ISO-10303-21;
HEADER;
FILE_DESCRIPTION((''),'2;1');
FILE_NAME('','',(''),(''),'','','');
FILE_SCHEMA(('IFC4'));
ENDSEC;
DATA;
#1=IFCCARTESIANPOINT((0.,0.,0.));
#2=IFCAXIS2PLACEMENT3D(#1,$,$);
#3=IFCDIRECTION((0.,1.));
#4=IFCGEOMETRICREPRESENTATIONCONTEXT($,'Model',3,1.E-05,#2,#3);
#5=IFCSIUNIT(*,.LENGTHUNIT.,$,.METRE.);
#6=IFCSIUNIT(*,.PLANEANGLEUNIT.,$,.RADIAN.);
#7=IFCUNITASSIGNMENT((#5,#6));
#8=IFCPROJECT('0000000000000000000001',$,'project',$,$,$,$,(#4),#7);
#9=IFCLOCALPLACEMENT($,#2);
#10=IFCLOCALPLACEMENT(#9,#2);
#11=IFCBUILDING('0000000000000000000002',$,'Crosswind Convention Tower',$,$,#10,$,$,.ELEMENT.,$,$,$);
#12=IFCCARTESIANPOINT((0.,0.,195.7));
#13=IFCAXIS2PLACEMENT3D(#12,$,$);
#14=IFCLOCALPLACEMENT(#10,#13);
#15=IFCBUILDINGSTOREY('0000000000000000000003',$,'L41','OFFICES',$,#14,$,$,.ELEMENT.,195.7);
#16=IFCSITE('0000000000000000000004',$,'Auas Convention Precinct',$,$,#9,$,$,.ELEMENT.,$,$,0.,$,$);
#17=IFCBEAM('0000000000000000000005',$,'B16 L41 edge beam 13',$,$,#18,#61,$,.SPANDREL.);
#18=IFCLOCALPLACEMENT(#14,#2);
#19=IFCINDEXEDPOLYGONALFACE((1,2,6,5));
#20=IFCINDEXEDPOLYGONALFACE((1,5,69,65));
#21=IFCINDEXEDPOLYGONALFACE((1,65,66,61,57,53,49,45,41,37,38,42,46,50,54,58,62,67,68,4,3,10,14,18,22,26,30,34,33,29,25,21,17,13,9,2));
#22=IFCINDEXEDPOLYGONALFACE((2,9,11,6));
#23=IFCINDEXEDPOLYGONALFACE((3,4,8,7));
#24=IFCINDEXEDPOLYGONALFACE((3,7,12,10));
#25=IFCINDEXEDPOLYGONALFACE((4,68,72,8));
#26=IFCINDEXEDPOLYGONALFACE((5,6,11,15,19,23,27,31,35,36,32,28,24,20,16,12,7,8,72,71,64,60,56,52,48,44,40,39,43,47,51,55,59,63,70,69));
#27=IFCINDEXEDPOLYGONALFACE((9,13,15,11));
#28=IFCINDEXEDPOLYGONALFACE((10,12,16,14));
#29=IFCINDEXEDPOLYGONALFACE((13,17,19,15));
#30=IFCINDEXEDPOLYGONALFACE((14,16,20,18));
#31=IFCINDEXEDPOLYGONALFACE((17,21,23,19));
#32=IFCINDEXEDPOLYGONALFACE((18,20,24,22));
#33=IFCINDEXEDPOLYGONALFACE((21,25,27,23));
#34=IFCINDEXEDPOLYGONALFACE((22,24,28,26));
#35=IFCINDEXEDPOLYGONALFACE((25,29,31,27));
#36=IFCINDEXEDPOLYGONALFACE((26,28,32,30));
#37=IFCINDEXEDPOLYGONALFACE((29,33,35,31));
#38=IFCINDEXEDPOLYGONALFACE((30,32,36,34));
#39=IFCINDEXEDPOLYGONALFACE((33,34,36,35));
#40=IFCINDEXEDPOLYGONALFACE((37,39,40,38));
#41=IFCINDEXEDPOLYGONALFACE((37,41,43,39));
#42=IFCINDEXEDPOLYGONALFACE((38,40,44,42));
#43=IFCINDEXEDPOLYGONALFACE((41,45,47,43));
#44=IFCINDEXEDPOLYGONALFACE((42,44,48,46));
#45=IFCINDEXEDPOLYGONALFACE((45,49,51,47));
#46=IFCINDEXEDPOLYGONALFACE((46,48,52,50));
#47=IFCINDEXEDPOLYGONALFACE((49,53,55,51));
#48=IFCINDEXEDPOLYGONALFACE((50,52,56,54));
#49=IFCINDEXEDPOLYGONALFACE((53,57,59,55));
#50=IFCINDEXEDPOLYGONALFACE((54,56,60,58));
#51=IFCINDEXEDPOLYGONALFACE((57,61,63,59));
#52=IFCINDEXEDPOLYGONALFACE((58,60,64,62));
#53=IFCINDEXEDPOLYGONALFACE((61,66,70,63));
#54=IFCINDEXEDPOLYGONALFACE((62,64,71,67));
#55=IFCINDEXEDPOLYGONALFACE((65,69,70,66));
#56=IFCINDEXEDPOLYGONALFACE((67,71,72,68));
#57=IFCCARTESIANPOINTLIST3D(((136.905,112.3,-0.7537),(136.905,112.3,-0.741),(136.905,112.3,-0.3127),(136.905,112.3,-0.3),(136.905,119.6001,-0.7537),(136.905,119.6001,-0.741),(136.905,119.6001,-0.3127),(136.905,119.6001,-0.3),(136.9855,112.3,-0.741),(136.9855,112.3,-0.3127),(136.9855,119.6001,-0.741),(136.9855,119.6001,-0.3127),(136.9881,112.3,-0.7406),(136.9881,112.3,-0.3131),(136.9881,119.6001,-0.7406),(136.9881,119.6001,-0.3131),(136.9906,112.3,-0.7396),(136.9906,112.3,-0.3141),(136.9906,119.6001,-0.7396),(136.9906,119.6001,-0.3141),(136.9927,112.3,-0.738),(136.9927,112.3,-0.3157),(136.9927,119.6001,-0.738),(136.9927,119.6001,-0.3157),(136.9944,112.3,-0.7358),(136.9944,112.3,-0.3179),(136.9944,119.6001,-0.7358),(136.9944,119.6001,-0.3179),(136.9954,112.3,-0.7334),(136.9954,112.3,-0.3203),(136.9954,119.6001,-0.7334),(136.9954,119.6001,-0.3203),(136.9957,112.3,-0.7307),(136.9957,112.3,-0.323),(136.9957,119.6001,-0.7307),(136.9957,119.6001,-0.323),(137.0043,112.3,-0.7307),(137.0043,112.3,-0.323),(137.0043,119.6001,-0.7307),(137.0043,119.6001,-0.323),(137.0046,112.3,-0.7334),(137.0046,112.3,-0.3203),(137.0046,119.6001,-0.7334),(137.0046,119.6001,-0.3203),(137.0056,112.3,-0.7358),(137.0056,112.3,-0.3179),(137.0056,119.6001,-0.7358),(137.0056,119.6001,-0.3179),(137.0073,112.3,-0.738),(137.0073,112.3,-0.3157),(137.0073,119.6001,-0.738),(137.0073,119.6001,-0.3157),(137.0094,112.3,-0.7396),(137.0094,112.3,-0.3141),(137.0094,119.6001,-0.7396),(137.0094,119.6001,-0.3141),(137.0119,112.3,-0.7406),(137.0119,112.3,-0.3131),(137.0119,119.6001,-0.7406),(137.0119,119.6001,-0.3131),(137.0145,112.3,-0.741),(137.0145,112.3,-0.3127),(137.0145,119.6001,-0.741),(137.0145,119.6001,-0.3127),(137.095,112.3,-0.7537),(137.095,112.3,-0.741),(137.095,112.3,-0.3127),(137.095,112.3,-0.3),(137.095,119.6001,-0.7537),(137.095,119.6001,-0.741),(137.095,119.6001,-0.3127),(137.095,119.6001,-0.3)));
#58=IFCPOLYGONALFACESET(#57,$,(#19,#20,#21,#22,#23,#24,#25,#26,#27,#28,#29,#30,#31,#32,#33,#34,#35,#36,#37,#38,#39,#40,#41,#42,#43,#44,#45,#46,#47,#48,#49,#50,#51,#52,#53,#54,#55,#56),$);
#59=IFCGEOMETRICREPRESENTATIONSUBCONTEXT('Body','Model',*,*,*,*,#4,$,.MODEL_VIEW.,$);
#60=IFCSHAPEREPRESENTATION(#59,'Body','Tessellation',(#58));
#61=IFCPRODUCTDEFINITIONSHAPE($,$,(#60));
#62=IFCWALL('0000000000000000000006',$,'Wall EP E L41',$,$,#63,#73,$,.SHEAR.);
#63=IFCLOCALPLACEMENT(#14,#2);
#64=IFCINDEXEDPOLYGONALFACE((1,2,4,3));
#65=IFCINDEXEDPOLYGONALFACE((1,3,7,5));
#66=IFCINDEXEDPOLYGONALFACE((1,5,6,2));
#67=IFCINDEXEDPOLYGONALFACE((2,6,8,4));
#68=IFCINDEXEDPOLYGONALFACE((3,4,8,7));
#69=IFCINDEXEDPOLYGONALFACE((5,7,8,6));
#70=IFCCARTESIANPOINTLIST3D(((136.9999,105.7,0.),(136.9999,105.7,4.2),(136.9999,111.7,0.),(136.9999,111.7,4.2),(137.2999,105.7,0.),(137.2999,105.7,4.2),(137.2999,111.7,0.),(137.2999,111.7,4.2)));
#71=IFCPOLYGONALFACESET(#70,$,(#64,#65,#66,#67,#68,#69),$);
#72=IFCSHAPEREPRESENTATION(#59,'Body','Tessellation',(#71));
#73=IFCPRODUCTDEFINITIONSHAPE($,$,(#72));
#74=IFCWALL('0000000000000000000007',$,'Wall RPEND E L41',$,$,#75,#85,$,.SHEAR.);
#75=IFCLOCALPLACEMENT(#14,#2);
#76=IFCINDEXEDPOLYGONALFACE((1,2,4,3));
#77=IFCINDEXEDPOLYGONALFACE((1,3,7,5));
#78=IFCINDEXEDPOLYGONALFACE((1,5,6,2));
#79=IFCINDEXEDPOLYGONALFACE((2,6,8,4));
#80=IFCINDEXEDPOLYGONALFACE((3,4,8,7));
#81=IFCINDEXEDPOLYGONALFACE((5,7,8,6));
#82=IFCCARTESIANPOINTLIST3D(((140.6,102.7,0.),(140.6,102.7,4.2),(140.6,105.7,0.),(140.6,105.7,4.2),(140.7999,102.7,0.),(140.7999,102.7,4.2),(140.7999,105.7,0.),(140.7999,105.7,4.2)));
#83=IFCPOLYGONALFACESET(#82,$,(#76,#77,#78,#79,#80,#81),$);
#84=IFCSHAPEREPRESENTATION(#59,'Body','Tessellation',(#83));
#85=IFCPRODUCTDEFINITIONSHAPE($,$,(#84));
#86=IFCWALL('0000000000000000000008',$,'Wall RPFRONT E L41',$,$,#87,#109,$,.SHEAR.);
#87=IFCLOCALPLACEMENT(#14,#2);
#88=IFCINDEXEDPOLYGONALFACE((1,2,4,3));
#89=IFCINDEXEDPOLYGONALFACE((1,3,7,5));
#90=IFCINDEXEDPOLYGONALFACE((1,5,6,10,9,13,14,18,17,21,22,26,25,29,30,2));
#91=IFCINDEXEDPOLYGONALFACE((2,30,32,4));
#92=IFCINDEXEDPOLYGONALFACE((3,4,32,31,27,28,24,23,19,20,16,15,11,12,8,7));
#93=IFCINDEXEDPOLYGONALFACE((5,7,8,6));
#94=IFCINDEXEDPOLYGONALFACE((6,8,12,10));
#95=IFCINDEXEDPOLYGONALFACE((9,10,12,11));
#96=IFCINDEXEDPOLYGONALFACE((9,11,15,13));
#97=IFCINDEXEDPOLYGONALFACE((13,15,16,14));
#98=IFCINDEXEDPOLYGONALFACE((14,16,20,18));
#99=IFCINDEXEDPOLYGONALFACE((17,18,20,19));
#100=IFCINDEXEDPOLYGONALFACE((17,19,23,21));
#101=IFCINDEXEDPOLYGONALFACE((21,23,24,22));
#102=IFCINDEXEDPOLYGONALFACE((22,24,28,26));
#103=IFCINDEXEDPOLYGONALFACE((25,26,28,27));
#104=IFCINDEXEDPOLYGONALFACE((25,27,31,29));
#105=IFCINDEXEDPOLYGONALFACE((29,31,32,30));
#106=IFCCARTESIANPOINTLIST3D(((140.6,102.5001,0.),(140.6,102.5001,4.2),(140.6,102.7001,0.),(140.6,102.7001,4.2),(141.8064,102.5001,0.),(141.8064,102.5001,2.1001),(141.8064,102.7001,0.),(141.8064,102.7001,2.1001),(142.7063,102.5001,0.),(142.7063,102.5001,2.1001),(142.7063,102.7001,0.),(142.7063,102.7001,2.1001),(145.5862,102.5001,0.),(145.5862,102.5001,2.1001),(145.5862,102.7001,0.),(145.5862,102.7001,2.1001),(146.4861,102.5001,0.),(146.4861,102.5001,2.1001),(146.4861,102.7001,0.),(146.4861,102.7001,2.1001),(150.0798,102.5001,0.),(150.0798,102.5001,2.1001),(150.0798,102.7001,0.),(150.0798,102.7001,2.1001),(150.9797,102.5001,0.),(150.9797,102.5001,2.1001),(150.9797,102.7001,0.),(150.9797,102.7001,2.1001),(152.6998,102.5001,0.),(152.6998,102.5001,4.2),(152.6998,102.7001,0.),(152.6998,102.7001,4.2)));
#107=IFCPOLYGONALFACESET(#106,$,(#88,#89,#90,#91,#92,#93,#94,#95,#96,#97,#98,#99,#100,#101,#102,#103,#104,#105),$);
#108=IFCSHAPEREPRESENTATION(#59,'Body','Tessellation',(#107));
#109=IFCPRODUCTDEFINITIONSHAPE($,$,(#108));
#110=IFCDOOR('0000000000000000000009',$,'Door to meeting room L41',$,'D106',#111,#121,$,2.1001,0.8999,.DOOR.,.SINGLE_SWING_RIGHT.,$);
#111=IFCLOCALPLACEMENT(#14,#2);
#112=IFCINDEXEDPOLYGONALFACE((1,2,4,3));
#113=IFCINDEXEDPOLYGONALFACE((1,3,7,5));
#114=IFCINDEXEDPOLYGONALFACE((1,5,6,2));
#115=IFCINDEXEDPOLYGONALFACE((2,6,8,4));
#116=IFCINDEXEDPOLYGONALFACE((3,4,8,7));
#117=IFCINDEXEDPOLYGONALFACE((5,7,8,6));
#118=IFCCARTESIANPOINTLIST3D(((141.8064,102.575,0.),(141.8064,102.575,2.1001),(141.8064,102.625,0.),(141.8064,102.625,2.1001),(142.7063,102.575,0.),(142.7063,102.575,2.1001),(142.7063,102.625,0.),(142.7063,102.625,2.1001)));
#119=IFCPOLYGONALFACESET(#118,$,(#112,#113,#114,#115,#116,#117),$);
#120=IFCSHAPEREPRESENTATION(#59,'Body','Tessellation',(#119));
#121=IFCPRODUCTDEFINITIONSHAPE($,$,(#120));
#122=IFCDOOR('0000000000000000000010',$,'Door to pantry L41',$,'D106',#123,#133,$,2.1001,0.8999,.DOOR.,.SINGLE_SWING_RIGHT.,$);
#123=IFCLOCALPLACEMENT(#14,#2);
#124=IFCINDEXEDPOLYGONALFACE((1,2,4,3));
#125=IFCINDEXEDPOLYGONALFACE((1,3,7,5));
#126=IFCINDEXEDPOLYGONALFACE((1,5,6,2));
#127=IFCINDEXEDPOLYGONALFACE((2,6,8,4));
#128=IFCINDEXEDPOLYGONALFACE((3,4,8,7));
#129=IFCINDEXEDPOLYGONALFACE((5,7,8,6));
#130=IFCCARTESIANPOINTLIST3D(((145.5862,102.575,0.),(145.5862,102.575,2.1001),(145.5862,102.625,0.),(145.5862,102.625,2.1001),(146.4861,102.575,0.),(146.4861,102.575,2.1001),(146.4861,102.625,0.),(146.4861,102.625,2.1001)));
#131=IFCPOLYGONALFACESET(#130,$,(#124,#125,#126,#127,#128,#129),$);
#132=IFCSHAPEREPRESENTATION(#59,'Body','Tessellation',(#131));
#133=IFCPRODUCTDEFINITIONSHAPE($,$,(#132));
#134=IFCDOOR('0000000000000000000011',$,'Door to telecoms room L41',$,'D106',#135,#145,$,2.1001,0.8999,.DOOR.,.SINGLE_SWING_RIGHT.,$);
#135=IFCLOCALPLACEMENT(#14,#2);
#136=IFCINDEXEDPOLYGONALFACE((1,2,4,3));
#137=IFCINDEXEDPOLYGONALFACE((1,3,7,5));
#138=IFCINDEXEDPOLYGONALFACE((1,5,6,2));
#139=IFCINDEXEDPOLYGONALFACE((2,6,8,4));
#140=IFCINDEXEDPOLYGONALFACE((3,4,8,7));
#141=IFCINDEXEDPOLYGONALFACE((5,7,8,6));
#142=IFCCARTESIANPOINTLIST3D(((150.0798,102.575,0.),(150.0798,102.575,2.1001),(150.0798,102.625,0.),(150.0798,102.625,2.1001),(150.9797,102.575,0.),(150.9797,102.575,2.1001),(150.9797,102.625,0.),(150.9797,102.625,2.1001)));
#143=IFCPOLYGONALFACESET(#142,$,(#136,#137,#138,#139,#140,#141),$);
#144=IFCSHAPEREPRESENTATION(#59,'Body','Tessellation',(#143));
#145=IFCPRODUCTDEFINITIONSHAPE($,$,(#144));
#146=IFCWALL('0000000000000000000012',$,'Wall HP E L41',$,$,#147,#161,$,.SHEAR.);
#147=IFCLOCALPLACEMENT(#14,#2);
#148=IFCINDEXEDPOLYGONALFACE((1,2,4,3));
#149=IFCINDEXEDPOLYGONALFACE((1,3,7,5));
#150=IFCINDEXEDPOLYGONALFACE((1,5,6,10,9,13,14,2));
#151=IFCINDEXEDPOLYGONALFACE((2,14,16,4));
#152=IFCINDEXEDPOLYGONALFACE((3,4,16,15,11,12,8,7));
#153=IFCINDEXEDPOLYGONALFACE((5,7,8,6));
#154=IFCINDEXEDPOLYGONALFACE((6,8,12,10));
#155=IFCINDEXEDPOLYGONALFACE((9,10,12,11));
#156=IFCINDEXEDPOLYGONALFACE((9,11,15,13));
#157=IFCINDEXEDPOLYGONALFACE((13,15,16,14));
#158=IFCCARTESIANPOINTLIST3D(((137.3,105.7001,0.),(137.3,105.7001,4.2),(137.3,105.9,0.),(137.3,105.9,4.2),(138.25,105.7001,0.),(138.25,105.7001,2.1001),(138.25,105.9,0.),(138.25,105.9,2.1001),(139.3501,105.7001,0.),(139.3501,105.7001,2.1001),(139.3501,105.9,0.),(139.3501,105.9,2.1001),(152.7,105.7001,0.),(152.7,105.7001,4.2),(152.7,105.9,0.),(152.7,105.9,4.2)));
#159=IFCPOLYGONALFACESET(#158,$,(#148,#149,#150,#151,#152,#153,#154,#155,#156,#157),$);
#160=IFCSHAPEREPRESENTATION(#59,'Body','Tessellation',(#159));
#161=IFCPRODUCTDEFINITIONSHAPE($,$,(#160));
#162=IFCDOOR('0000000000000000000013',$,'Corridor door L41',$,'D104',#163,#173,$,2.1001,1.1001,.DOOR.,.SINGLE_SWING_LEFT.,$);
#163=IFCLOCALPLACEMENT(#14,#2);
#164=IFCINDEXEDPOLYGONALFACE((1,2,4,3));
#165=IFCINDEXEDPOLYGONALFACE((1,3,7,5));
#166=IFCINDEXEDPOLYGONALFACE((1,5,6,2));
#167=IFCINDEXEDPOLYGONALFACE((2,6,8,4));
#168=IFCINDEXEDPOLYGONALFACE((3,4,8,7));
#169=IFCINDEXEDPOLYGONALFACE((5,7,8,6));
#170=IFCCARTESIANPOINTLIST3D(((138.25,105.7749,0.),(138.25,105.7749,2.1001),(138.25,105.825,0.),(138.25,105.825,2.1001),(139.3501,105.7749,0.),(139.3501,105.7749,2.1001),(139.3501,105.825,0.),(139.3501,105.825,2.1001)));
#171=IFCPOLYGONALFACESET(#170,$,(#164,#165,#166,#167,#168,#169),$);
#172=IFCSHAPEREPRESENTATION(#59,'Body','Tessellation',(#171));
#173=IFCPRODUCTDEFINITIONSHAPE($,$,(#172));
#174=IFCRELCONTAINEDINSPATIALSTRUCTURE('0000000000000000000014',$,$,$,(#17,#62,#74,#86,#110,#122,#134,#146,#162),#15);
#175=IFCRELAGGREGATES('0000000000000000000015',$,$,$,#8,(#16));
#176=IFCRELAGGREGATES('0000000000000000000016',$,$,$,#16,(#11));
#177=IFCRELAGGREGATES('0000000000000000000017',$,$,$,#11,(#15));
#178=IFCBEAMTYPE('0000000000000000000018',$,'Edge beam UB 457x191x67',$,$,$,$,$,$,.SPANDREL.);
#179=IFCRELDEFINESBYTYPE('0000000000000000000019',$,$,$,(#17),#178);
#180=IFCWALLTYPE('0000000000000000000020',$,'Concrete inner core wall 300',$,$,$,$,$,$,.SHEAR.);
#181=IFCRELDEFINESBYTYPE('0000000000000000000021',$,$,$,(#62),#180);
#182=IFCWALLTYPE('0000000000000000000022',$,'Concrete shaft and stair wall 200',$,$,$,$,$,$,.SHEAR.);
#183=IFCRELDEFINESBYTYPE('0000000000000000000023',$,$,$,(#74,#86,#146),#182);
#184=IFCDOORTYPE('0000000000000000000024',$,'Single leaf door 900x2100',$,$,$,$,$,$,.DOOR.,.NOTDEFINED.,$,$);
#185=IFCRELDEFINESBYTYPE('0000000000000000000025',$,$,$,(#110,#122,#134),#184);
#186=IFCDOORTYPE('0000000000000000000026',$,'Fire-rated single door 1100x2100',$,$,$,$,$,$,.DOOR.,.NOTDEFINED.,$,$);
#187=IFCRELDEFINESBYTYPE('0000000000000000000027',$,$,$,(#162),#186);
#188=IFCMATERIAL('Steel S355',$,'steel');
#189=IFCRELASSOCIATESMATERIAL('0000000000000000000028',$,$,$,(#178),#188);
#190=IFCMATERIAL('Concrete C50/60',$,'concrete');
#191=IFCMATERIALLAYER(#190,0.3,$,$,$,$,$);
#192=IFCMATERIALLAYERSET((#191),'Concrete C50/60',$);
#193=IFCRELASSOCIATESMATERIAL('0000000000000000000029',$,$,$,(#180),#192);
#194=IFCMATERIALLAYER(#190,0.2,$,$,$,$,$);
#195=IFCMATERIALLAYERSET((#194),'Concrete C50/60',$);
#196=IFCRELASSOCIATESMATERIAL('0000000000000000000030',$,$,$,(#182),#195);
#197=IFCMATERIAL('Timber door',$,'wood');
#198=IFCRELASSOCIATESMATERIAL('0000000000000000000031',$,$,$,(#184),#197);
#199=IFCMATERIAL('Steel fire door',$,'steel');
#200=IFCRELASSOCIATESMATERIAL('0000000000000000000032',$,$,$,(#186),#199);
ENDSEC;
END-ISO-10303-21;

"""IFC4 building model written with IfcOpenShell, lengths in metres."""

from ifc_helpers import new_model, si_unit, direction, frame, frame_2d, origin, origin_2d, place, context, subcontext, project, spatial, rectangle, i_section, extrude, material, layer, layer_set, material_profile, profile_set, type_object, element, fill, save


model = new_model("IFC4")

# Units and contexts
model_context = context("Model", 3, precision=1e-05, world=origin(), true_north=direction((0.0, 1.0)))
body_context = subcontext(model_context, "Body", "Model", "MODEL_VIEW")
ifc_project = project(units=[si_unit("LENGTHUNIT", "METRE"), si_unit("PLANEANGLEUNIT", "RADIAN")], contexts=[model_context])

# Site, building, storey
site_placement = place(None, origin())
site = spatial("IfcSite", under=ifc_project, at=site_placement, Name="Auas Convention Precinct", CompositionType="ELEMENT", RefElevation=0.0)
building_placement = place(site_placement, origin())
building = spatial("IfcBuilding", under=site, at=building_placement, Name="Crosswind Convention Tower", CompositionType="ELEMENT")
storey_placement = place(building_placement, frame((0.0, 0.0, 195.7)))
storey = spatial("IfcBuildingStorey", under=building, at=storey_placement, Name="L41", Description="OFFICES", CompositionType="ELEMENT", Elevation=195.7)

# Beam
ifc_material_1 = material(Name="Steel S355", Category="steel")
ifc_material_profile = material_profile(ifc_material_1, i_section(OverallWidth=0.1899, OverallDepth=0.4536, WebThickness=0.0085, FlangeThickness=0.0127, FilletRadius=0.0103, at=origin_2d()), Name="UB 457x191x67")
ifc_profile_set = profile_set([ifc_material_profile], Name="Steel S355")
beam_type = type_object("IfcBeamType", Name="Edge beam UB 457x191x67", PredefinedType="SPANDREL", material=ifc_profile_set)
beam_placement = place(storey_placement, frame((137.0, 112.3, -0.5269), z_axis=(0.0, 1.0, 0.0), x_axis=(-1.0, 0.0, 0.0)))
element("IfcBeam", 1, at=beam_placement, inside=storey, type_object=beam_type, Name="B16 L41 edge beam 13", PredefinedType="SPANDREL", context=body_context, shape_type="SweptSolid", body=[
    extrude(i_section(OverallWidth=0.1899, OverallDepth=0.4536, WebThickness=0.0085, FlangeThickness=0.0127, FilletRadius=0.0103, at=origin_2d()), origin(), (0.0, 0.0, 1.0), 7.3),
])

# Walls
ifc_material_2 = material(Name="Concrete C50/60", Category="concrete")
ifc_layer_1 = layer(ifc_material_2, 0.3)
ifc_layer_set_1 = layer_set([ifc_layer_1], Name="Concrete C50/60")
wall_type_1 = type_object("IfcWallType", Name="Concrete inner core wall 300", PredefinedType="SHEAR", material=ifc_layer_set_1)
wall_1_placement = place(storey_placement, frame((137.1499, 105.7, 0.0), z_axis=(0.0, 0.0, 1.0), x_axis=(0.0, 1.0, 0.0)))
element("IfcWall", 2, at=wall_1_placement, inside=storey, type_object=wall_type_1, Name="Wall EP E L41", PredefinedType="SHEAR", context=body_context, shape_type="SweptSolid", body=[
    extrude(rectangle(XDim=6.0, YDim=0.3, at=frame_2d((3.0, 0.0))), origin(), (0.0, 0.0, 1.0), 4.2),
])
ifc_layer_2 = layer(ifc_material_2, 0.2)
ifc_layer_set_2 = layer_set([ifc_layer_2], Name="Concrete C50/60")
wall_type_2 = type_object("IfcWallType", Name="Concrete shaft and stair wall 200", PredefinedType="SHEAR", material=ifc_layer_set_2)
wall_2_placement = place(storey_placement, frame((140.7, 102.7, 0.0), z_axis=(0.0, 0.0, 1.0), x_axis=(0.0, 1.0, 0.0)))
element("IfcWall", 3, at=wall_2_placement, inside=storey, type_object=wall_type_2, Name="Wall RPEND E L41", PredefinedType="SHEAR", context=body_context, shape_type="SweptSolid", body=[
    extrude(rectangle(XDim=3.0, YDim=0.2, at=frame_2d((1.5, 0.0))), origin(), (0.0, 0.0, 1.0), 4.2),
])

# Wall, openings, doors
wall_3_placement = place(storey_placement, frame((140.6001, 102.6001, 0.0), z_axis=(0.0, 0.0, 1.0), x_axis=(1.0, 0.0, 0.0)))
wall_3 = element("IfcWall", 4, at=wall_3_placement, inside=storey, type_object=wall_type_2, Name="Wall RPFRONT E L41", PredefinedType="SHEAR", context=body_context, shape_type="SweptSolid", body=[
    extrude(rectangle(XDim=12.0999, YDim=0.2, at=frame_2d((6.0498, 0.0))), origin(), (0.0, 0.0, 1.0), 4.2),
])
opening_1_placement = place(wall_3_placement, frame((1.2063, 0.0, 0.0)))
opening_1 = element("IfcOpeningElement", 5, at=opening_1_placement, cuts=wall_3, PredefinedType="OPENING", context=body_context, shape_type="SweptSolid", body=[
    extrude(rectangle(XDim=0.8999, YDim=2.1001, at=frame_2d((0.45, 1.05))), frame((0.0, 0.1099, 0.0), z_axis=(0.0, -1.0, 0.0), x_axis=(1.0, 0.0, 0.0)), (0.0, 0.0, 1.0), 0.22),
])
opening_2_placement = place(wall_3_placement, frame((4.9861, 0.0, 0.0)))
opening_2 = element("IfcOpeningElement", 6, at=opening_2_placement, cuts=wall_3, PredefinedType="OPENING", context=body_context, shape_type="SweptSolid", body=[
    extrude(rectangle(XDim=0.8999, YDim=2.1001, at=frame_2d((0.45, 1.05))), frame((0.0, 0.1099, 0.0), z_axis=(0.0, -1.0, 0.0), x_axis=(1.0, 0.0, 0.0)), (0.0, 0.0, 1.0), 0.22),
])
opening_3_placement = place(wall_3_placement, frame((9.4797, 0.0, 0.0)))
opening_3 = element("IfcOpeningElement", 7, at=opening_3_placement, cuts=wall_3, PredefinedType="OPENING", context=body_context, shape_type="SweptSolid", body=[
    extrude(rectangle(XDim=0.8999, YDim=2.1001, at=frame_2d((0.45, 1.05))), frame((0.0, 0.1099, 0.0), z_axis=(0.0, -1.0, 0.0), x_axis=(1.0, 0.0, 0.0)), (0.0, 0.0, 1.0), 0.22),
])
ifc_material_3 = material(Name="Timber door", Category="wood")
door_type_1 = type_object("IfcDoorType", Name="Single leaf door 900x2100", OperationType="NOTDEFINED", PredefinedType="DOOR", material=ifc_material_3)
door_1_placement = place(opening_1_placement, origin())
door_1 = element("IfcDoor", 8, at=door_1_placement, inside=storey, type_object=door_type_1, Name="Door to meeting room L41", ObjectType="D106", OperationType="SINGLE_SWING_RIGHT", OverallHeight=2.1001, OverallWidth=0.8999, PredefinedType="DOOR", context=body_context, shape_type="SweptSolid", body=[
    extrude(rectangle(XDim=0.8999, YDim=2.1001, at=frame_2d((0.45, 1.05))), frame((0.0, 0.0249, 0.0), z_axis=(0.0, -1.0, 0.0), x_axis=(1.0, 0.0, 0.0)), (0.0, 0.0, 1.0), 0.05),
])
fill(opening_1, door_1)
door_2_placement = place(opening_2_placement, origin())
door_2 = element("IfcDoor", 9, at=door_2_placement, inside=storey, type_object=door_type_1, Name="Door to pantry L41", ObjectType="D106", OperationType="SINGLE_SWING_RIGHT", OverallHeight=2.1001, OverallWidth=0.8999, PredefinedType="DOOR", context=body_context, shape_type="SweptSolid", body=[
    extrude(rectangle(XDim=0.8999, YDim=2.1001, at=frame_2d((0.45, 1.05))), frame((0.0, 0.0249, 0.0), z_axis=(0.0, -1.0, 0.0), x_axis=(1.0, 0.0, 0.0)), (0.0, 0.0, 1.0), 0.05),
])
fill(opening_2, door_2)
door_3_placement = place(opening_3_placement, origin())
door_3 = element("IfcDoor", 10, at=door_3_placement, inside=storey, type_object=door_type_1, Name="Door to telecoms room L41", ObjectType="D106", OperationType="SINGLE_SWING_RIGHT", OverallHeight=2.1001, OverallWidth=0.8999, PredefinedType="DOOR", context=body_context, shape_type="SweptSolid", body=[
    extrude(rectangle(XDim=0.8999, YDim=2.1001, at=frame_2d((0.45, 1.05))), frame((0.0, 0.0249, 0.0), z_axis=(0.0, -1.0, 0.0), x_axis=(1.0, 0.0, 0.0)), (0.0, 0.0, 1.0), 0.05),
])
fill(opening_3, door_3)

# Wall, opening, door
wall_4_placement = place(storey_placement, frame((137.3, 105.8, 0.0), z_axis=(0.0, 0.0, 1.0), x_axis=(1.0, 0.0, 0.0)))
wall_4 = element("IfcWall", 11, at=wall_4_placement, inside=storey, type_object=wall_type_2, Name="Wall HP E L41", PredefinedType="SHEAR", context=body_context, shape_type="SweptSolid", body=[
    extrude(rectangle(XDim=15.3999, YDim=0.2, at=frame_2d((7.7, 0.0))), origin(), (0.0, 0.0, 1.0), 4.2),
])
opening_4_placement = place(wall_4_placement, frame((0.95, 0.0, 0.0)))
opening_4 = element("IfcOpeningElement", 12, at=opening_4_placement, cuts=wall_4, PredefinedType="OPENING", context=body_context, shape_type="SweptSolid", body=[
    extrude(rectangle(XDim=1.1001, YDim=2.1001, at=frame_2d((0.55, 1.05))), frame((0.0, 0.1099, 0.0), z_axis=(0.0, -1.0, 0.0), x_axis=(1.0, 0.0, 0.0)), (0.0, 0.0, 1.0), 0.22),
])
ifc_material_4 = material(Name="Steel fire door", Category="steel")
door_type_2 = type_object("IfcDoorType", Name="Fire-rated single door 1100x2100", OperationType="NOTDEFINED", PredefinedType="DOOR", material=ifc_material_4)
door_4_placement = place(opening_4_placement, origin())
door_4 = element("IfcDoor", 13, at=door_4_placement, inside=storey, type_object=door_type_2, Name="Corridor door L41", ObjectType="D104", OperationType="SINGLE_SWING_LEFT", OverallHeight=2.1001, OverallWidth=1.1001, PredefinedType="DOOR", context=body_context, shape_type="SweptSolid", body=[
    extrude(rectangle(XDim=1.1001, YDim=2.1001, at=frame_2d((0.55, 1.05))), frame((0.0, 0.0249, 0.0), z_axis=(0.0, -1.0, 0.0), x_axis=(1.0, 0.0, 0.0)), (0.0, 0.0, 1.0), 0.05),
])
fill(opening_4, door_4)

save(model, "model.ifc")
